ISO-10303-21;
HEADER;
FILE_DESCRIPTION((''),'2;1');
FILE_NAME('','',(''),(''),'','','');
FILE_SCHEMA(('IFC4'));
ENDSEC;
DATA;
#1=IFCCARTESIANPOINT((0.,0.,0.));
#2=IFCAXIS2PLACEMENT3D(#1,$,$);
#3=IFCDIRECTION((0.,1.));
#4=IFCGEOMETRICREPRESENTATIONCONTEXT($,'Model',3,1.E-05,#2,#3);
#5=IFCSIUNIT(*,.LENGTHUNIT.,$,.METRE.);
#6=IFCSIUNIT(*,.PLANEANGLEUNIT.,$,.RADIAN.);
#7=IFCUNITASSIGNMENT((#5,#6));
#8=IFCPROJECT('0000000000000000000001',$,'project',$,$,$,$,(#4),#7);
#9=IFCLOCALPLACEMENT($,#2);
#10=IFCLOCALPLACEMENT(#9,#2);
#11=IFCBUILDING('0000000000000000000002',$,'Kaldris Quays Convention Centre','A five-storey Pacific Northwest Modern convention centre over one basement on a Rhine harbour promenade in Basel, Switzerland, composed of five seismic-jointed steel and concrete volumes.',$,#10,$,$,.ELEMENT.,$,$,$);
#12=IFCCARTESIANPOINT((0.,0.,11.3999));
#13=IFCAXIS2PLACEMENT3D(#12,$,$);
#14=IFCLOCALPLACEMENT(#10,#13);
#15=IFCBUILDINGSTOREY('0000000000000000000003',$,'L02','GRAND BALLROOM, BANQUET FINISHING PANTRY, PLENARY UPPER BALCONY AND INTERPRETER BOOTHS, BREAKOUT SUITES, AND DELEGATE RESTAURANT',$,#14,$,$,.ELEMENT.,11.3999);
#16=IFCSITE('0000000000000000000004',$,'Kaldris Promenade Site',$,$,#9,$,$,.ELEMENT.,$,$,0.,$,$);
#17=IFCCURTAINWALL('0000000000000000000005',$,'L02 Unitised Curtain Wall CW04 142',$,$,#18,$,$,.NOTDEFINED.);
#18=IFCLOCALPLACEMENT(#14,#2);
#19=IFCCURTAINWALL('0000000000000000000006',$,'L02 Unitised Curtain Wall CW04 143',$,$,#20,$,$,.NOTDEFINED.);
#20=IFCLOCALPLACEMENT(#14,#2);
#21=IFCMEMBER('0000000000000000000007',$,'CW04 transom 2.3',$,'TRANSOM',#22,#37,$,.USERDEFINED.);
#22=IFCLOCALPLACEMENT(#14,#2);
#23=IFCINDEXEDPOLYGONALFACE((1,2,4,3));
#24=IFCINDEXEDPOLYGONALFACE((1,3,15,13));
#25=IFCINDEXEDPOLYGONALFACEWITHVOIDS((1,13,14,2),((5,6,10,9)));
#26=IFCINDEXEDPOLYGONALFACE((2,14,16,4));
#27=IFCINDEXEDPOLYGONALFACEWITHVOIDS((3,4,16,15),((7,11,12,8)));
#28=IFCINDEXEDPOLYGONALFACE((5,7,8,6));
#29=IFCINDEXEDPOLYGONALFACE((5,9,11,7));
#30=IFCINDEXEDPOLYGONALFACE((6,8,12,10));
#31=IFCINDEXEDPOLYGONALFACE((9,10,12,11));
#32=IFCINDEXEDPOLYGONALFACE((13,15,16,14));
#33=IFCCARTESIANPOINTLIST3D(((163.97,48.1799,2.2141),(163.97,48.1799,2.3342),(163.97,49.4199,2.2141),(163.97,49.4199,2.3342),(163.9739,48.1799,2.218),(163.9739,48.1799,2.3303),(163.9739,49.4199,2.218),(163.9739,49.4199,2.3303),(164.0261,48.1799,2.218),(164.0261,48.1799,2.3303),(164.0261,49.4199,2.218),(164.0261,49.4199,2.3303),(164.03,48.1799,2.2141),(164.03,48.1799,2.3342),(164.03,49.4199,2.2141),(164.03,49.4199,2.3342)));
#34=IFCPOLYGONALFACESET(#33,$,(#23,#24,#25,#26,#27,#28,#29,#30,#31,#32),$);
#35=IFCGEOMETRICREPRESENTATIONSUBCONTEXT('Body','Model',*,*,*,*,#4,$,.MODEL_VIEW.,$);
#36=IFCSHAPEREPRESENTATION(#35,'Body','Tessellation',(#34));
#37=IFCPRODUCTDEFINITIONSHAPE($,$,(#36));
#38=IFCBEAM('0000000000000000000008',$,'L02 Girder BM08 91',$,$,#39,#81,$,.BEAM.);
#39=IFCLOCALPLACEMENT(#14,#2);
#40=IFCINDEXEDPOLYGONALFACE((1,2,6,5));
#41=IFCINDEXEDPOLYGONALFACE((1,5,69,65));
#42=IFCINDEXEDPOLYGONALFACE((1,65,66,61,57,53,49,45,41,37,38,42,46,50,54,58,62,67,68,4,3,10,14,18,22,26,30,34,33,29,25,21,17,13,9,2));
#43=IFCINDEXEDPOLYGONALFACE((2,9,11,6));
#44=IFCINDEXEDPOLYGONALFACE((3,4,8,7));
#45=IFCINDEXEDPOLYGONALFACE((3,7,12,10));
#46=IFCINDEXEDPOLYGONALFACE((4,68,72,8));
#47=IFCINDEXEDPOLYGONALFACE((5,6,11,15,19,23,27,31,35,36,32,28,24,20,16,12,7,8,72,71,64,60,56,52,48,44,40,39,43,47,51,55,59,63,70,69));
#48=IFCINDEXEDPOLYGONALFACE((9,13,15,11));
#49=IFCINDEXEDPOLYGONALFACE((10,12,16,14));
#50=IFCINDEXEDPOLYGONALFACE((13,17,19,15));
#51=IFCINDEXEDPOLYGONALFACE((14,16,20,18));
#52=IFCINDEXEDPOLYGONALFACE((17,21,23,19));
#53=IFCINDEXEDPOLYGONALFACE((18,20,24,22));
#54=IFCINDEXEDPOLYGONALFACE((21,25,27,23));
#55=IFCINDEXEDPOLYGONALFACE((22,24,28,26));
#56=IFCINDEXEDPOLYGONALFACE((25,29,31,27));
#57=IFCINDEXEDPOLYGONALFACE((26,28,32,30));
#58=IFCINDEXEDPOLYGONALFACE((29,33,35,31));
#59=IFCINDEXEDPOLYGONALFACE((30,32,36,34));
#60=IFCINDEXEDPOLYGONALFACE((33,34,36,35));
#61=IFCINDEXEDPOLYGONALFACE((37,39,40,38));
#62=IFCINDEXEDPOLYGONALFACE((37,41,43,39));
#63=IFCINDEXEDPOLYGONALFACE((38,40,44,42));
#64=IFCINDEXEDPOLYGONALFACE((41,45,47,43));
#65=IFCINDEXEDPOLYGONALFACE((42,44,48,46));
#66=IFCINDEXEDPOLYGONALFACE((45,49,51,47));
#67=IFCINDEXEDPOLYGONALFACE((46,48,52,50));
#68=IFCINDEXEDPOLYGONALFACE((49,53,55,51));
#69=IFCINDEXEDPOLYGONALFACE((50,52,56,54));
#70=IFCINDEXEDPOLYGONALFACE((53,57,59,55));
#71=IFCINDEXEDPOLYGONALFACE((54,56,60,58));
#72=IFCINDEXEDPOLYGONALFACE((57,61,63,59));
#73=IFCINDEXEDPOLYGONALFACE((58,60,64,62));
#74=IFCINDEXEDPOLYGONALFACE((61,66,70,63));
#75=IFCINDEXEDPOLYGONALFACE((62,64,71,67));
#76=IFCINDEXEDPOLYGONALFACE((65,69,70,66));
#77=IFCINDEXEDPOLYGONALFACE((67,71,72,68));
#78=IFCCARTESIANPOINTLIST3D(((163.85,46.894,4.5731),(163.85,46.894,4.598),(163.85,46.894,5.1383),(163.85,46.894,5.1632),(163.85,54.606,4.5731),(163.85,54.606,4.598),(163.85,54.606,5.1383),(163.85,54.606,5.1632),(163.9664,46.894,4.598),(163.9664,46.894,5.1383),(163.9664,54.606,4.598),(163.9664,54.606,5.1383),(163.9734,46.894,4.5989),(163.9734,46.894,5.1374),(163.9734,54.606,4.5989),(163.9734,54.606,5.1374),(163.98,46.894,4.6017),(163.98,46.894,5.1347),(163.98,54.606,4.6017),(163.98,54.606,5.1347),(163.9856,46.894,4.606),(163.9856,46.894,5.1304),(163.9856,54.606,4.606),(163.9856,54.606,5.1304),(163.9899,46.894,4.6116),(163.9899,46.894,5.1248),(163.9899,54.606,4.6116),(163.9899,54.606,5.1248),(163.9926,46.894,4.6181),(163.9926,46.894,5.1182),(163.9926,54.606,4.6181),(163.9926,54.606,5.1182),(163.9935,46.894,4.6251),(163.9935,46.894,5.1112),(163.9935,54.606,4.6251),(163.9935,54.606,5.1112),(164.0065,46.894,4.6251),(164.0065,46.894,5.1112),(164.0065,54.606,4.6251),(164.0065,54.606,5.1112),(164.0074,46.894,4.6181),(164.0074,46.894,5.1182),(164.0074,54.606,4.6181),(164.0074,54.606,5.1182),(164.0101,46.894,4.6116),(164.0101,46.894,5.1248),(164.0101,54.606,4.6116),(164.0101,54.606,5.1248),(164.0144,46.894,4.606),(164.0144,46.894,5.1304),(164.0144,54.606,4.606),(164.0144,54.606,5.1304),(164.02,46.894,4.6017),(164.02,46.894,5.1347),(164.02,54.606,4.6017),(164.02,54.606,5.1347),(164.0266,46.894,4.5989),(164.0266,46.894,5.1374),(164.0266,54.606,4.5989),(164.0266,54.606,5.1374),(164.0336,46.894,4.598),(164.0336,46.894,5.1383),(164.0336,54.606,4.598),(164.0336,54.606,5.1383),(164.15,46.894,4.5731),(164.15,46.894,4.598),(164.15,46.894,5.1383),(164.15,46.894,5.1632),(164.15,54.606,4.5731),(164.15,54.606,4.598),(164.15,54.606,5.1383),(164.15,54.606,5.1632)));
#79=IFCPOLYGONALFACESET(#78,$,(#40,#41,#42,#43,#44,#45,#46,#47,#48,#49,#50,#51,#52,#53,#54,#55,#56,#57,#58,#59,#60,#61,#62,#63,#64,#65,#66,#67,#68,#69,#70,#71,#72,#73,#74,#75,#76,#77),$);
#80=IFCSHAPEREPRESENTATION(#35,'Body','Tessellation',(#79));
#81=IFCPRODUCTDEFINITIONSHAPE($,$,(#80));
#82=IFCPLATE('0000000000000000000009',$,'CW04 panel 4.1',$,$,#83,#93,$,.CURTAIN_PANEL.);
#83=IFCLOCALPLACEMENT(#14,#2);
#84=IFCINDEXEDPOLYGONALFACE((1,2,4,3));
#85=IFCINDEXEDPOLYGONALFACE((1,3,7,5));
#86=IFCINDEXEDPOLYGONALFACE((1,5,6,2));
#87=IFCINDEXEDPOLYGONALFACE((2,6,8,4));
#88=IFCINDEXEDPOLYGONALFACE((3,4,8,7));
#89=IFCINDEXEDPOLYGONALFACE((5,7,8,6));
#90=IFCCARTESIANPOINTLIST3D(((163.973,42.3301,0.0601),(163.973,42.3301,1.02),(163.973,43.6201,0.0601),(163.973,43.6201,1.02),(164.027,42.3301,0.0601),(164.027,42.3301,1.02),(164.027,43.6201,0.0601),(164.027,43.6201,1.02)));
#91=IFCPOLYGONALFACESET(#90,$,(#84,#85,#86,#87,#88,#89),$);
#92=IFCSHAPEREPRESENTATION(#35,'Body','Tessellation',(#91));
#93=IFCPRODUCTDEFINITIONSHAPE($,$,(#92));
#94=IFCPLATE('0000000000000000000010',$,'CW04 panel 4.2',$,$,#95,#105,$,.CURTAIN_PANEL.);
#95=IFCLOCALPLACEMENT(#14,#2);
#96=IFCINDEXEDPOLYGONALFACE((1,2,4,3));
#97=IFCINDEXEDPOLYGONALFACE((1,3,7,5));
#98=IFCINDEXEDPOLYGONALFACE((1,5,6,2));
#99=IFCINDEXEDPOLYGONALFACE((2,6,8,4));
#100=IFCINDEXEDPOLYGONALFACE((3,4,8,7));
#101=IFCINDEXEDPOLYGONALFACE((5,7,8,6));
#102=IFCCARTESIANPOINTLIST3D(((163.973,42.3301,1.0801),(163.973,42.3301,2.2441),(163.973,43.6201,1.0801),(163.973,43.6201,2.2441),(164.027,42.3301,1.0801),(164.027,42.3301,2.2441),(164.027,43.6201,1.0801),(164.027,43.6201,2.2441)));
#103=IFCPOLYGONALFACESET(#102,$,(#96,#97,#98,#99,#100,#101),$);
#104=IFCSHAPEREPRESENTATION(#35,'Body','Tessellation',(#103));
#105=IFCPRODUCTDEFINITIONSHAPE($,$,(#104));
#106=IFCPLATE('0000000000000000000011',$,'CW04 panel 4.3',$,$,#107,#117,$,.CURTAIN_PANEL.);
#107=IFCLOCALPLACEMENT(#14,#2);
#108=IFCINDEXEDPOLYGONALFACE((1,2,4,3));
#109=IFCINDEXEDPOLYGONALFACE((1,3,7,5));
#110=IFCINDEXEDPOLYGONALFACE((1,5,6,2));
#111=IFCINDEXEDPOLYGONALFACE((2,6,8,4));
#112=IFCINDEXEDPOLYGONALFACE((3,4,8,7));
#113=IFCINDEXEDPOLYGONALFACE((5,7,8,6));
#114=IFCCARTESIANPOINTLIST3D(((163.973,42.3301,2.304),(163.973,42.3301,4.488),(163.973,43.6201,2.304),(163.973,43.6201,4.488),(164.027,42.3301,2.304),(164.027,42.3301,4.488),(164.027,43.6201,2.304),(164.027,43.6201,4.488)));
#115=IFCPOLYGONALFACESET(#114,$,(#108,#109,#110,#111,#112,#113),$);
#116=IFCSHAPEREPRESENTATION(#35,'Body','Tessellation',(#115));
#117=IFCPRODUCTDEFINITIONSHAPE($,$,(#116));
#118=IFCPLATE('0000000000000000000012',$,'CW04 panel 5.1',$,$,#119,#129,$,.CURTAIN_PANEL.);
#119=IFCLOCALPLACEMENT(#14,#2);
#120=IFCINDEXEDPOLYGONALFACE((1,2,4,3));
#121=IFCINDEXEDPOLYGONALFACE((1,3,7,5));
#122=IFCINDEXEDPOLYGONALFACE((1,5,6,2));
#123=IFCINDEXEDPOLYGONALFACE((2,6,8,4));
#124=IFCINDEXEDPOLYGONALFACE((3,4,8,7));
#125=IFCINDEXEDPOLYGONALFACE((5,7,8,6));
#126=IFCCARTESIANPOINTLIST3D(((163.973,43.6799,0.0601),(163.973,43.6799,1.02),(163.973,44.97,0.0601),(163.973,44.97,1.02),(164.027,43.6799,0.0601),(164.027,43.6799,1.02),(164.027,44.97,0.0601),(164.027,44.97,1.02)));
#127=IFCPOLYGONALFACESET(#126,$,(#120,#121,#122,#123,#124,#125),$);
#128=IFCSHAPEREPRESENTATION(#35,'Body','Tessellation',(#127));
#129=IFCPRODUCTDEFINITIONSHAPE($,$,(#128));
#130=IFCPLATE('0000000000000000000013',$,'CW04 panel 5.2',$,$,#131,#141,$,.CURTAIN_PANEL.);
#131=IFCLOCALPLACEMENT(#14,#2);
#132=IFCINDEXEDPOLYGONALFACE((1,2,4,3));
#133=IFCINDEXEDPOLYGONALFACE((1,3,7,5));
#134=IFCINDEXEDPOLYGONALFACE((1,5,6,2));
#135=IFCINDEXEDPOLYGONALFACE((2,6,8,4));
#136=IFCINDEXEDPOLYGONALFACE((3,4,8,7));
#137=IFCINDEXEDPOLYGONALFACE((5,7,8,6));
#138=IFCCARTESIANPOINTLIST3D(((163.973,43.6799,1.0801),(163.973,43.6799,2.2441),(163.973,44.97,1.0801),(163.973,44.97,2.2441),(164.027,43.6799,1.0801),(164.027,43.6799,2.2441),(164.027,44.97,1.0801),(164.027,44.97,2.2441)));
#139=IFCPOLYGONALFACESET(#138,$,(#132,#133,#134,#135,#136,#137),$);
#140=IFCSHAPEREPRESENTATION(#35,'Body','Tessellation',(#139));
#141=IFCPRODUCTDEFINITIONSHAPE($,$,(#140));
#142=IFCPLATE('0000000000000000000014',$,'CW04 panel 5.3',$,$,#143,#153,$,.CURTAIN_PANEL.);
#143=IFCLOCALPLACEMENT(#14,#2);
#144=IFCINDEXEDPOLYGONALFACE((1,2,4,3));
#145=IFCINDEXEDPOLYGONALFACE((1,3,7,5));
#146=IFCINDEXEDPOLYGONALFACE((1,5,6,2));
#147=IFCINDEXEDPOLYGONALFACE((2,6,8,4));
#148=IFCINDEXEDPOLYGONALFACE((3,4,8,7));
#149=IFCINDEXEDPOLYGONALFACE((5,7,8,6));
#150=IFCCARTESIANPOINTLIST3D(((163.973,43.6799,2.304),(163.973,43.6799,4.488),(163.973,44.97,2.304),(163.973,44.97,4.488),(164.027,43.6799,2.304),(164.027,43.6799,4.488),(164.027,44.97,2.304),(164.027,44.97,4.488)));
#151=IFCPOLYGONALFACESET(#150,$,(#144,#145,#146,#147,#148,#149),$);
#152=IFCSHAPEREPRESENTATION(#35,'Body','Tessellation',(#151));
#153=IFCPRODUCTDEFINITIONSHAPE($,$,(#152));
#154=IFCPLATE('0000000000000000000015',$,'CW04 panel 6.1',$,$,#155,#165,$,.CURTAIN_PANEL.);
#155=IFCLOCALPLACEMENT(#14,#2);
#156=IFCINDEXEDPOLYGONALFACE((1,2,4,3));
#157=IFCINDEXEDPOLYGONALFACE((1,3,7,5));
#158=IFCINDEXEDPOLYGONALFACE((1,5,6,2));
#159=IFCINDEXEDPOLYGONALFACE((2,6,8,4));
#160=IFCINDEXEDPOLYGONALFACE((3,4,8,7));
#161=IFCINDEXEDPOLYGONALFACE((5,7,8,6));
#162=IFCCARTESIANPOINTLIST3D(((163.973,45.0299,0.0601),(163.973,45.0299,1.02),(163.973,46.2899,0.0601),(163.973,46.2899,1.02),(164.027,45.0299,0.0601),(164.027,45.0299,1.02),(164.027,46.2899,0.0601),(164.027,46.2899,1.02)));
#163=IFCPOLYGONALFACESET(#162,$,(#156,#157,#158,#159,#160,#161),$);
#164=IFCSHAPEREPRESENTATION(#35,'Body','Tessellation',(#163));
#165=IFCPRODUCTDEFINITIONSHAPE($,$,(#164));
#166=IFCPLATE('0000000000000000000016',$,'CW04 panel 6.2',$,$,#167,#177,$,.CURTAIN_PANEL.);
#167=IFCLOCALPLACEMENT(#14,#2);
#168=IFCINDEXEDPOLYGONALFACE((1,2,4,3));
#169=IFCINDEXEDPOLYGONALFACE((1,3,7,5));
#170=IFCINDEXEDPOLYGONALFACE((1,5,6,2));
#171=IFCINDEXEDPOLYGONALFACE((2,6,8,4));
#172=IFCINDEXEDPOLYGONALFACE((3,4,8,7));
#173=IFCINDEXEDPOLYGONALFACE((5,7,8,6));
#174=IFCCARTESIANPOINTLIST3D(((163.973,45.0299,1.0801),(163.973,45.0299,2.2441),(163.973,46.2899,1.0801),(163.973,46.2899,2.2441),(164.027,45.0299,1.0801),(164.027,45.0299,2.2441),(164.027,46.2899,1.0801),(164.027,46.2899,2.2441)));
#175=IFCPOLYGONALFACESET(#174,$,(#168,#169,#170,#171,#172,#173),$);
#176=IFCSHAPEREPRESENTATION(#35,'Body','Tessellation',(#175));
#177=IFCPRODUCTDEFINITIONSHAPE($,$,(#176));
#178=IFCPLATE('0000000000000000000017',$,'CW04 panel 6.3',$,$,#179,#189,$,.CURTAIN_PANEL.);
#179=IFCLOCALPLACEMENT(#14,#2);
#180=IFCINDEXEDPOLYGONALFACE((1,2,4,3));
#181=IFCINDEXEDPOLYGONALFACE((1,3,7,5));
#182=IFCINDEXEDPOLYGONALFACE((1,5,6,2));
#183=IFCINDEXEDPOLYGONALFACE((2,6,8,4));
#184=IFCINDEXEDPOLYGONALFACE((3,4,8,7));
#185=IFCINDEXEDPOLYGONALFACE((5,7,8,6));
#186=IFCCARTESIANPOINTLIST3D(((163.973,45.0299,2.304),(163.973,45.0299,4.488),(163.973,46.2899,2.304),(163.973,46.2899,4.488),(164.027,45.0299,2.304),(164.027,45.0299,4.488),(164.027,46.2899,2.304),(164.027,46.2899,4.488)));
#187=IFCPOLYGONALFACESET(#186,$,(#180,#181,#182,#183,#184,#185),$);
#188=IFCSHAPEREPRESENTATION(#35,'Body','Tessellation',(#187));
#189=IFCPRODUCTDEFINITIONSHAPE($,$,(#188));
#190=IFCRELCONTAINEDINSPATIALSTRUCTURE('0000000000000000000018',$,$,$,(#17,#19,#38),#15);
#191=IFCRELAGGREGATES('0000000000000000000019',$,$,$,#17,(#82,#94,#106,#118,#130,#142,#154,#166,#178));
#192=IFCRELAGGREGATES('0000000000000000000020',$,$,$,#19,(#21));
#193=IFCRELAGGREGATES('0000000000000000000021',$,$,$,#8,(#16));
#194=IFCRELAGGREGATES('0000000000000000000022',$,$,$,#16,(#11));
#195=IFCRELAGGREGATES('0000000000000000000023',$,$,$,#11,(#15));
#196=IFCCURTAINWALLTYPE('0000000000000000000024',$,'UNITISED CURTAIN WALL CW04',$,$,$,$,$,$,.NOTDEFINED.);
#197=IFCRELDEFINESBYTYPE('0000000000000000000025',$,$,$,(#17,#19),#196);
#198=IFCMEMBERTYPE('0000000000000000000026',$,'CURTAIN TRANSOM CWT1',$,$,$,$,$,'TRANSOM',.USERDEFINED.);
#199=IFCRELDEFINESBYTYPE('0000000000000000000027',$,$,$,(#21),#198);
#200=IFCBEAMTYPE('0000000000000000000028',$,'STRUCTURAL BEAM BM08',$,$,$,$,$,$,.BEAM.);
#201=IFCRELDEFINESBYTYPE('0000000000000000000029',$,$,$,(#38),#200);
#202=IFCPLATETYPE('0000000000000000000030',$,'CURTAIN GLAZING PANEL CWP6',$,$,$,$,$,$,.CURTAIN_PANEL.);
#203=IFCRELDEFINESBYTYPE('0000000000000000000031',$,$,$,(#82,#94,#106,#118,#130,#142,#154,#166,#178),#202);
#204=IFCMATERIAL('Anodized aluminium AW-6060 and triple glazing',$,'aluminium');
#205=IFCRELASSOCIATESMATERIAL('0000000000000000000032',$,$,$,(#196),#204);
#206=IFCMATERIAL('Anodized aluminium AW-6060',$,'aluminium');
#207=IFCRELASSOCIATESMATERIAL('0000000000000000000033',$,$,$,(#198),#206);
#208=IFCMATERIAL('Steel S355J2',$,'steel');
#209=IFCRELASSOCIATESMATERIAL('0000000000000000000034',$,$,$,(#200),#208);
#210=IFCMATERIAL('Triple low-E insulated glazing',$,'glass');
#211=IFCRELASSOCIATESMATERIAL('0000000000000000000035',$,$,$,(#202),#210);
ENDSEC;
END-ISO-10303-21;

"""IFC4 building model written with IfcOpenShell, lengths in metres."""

from ifc_helpers import new_model, si_unit, direction, frame, origin, origin_2d, place, context, subcontext, project, spatial, rectangle, hollow_rectangle, i_section, extrude, material, material_profile, profile_set, type_object, element, aggregate, save


model = new_model("IFC4")

# Units and contexts
model_context = context("Model", 3, precision=1e-05, world=origin(), true_north=direction((0.0, 1.0)))
body_context = subcontext(model_context, "Body", "Model", "MODEL_VIEW")
ifc_project = project(units=[si_unit("LENGTHUNIT", "METRE"), si_unit("PLANEANGLEUNIT", "RADIAN")], contexts=[model_context])

# Site, building, storey
site_placement = place(None, origin())
site = spatial("IfcSite", under=ifc_project, at=site_placement, Name="Kaldris Promenade Site", CompositionType="ELEMENT", RefElevation=0.0)
building_placement = place(site_placement, origin())
building = spatial("IfcBuilding", under=site, at=building_placement, Name="Kaldris Quays Convention Centre", Description="A five-storey Pacific Northwest Modern convention centre over one basement on a Rhine harbour promenade in Basel, Switzerland, composed of five seismic-jointed steel and concrete volumes.", CompositionType="ELEMENT")
storey_placement = place(building_placement, frame((0.0, 0.0, 11.3999)))
storey = spatial("IfcBuildingStorey", under=building, at=storey_placement, Name="L02", Description="GRAND BALLROOM, BANQUET FINISHING PANTRY, PLENARY UPPER BALCONY AND INTERPRETER BOOTHS, BREAKOUT SUITES, AND DELEGATE RESTAURANT", CompositionType="ELEMENT", Elevation=11.3999)

# Shared definitions
ifc_material_1 = material(Name="Steel S355J2", Category="steel")

# Curtain walls
ifc_material_2 = material(Name="Anodized aluminium AW-6060 and triple glazing", Category="aluminium")
curtain_wall_type = type_object("IfcCurtainWallType", Name="UNITISED CURTAIN WALL CW04", PredefinedType="NOTDEFINED", material=ifc_material_2)
curtain_wall_1_placement = place(storey_placement, origin())
curtain_wall_1 = element("IfcCurtainWall", 1, at=curtain_wall_1_placement, inside=storey, type_object=curtain_wall_type, Name="L02 Unitised Curtain Wall CW04 142", PredefinedType="NOTDEFINED")
ifc_material_3 = material(Name="Anodized aluminium AW-6060", Category="aluminium")
curtain_wall_2_placement = place(storey_placement, origin())
curtain_wall_2 = element("IfcCurtainWall", 2, at=curtain_wall_2_placement, inside=storey, type_object=curtain_wall_type, Name="L02 Unitised Curtain Wall CW04 143", PredefinedType="NOTDEFINED")

# Member
ifc_material_profile_1 = material_profile(ifc_material_3, hollow_rectangle(XDim=0.0601, YDim=0.1201, WallThickness=0.0039, at=origin_2d()), Name="RHS 120x60x4")
ifc_profile_set_1 = profile_set([ifc_material_profile_1], Name="Anodized aluminium AW-6060")
member_type_1 = type_object("IfcMemberType", Name="CURTAIN TRANSOM CWT1", ElementType="TRANSOM", PredefinedType="USERDEFINED", material=ifc_profile_set_1)
member_1_placement = place(storey_placement, frame((164.0, 48.1799, 2.2742), z_axis=(0.0, 1.0, 0.0), x_axis=(-1.0, 0.0, 0.0)))
member_1 = element("IfcMember", 3, at=member_1_placement, type_object=member_type_1, Name="CW04 transom 2.3", ObjectType="TRANSOM", PredefinedType="USERDEFINED", context=body_context, shape_type="SweptSolid", body=[
    extrude(hollow_rectangle(XDim=0.0601, YDim=0.1201, WallThickness=0.0039, at=origin_2d()), origin(), (0.0, 0.0, 1.0), 1.24),
])

# Beam
ifc_material_profile_2 = material_profile(ifc_material_1, i_section(OverallWidth=0.3, OverallDepth=0.5901, WebThickness=0.0129, FlangeThickness=0.0249, FilletRadius=0.0271, at=origin_2d()), Name="HEA 600")
ifc_profile_set_2 = profile_set([ifc_material_profile_2], Name="Steel S355J2")
beam_type = type_object("IfcBeamType", Name="STRUCTURAL BEAM BM08", PredefinedType="BEAM", material=ifc_profile_set_2)
beam_placement = place(storey_placement, frame((164.0, 46.894, 4.8682), z_axis=(0.0, 1.0, 0.0), x_axis=(-1.0, 0.0, 0.0)))
element("IfcBeam", 4, at=beam_placement, inside=storey, type_object=beam_type, Name="L02 Girder BM08 91", PredefinedType="BEAM", context=body_context, shape_type="SweptSolid", body=[
    extrude(i_section(OverallWidth=0.3, OverallDepth=0.5901, WebThickness=0.0129, FlangeThickness=0.0249, FilletRadius=0.0271, at=origin_2d()), origin(), (0.0, 0.0, 1.0), 7.7119),
])

# Plates
ifc_material_4 = material(Name="Triple low-E insulated glazing", Category="glass")
plate_type_1 = type_object("IfcPlateType", Name="CURTAIN GLAZING PANEL CWP6", PredefinedType="CURTAIN_PANEL", material=ifc_material_4)
plate_1_placement = place(storey_placement, frame((164.0, 42.9751, 0.0601), z_axis=(0.0, 0.0, 1.0), x_axis=(0.0, 1.0, 0.0)))
plate_1 = element("IfcPlate", 5, at=plate_1_placement, type_object=plate_type_1, Name="CW04 panel 4.1", PredefinedType="CURTAIN_PANEL", context=body_context, shape_type="SweptSolid", body=[
    extrude(rectangle(XDim=1.29, YDim=0.054, at=origin_2d()), origin(), (0.0, 0.0, 1.0), 0.96),
])
plate_2_placement = place(storey_placement, frame((164.0, 42.9751, 1.0801), z_axis=(0.0, 0.0, 1.0), x_axis=(0.0, 1.0, 0.0)))
plate_2 = element("IfcPlate", 6, at=plate_2_placement, type_object=plate_type_1, Name="CW04 panel 4.2", PredefinedType="CURTAIN_PANEL", context=body_context, shape_type="SweptSolid", body=[
    extrude(rectangle(XDim=1.29, YDim=0.054, at=origin_2d()), origin(), (0.0, 0.0, 1.0), 1.1641),
])
plate_3_placement = place(storey_placement, frame((164.0, 42.9751, 2.304), z_axis=(0.0, 0.0, 1.0), x_axis=(0.0, 1.0, 0.0)))
plate_3 = element("IfcPlate", 7, at=plate_3_placement, type_object=plate_type_1, Name="CW04 panel 4.3", PredefinedType="CURTAIN_PANEL", context=body_context, shape_type="SweptSolid", body=[
    extrude(rectangle(XDim=1.29, YDim=0.054, at=origin_2d()), origin(), (0.0, 0.0, 1.0), 2.1841),
])
plate_4_placement = place(storey_placement, frame((164.0, 44.325, 0.0601), z_axis=(0.0, 0.0, 1.0), x_axis=(0.0, 1.0, 0.0)))
plate_4 = element("IfcPlate", 8, at=plate_4_placement, type_object=plate_type_1, Name="CW04 panel 5.1", PredefinedType="CURTAIN_PANEL", context=body_context, shape_type="SweptSolid", body=[
    extrude(rectangle(XDim=1.29, YDim=0.054, at=origin_2d()), origin(), (0.0, 0.0, 1.0), 0.96),
])
plate_5_placement = place(storey_placement, frame((164.0, 44.325, 1.0801), z_axis=(0.0, 0.0, 1.0), x_axis=(0.0, 1.0, 0.0)))
plate_5 = element("IfcPlate", 9, at=plate_5_placement, type_object=plate_type_1, Name="CW04 panel 5.2", PredefinedType="CURTAIN_PANEL", context=body_context, shape_type="SweptSolid", body=[
    extrude(rectangle(XDim=1.29, YDim=0.054, at=origin_2d()), origin(), (0.0, 0.0, 1.0), 1.1641),
])
plate_6_placement = place(storey_placement, frame((164.0, 44.325, 2.304), z_axis=(0.0, 0.0, 1.0), x_axis=(0.0, 1.0, 0.0)))
plate_6 = element("IfcPlate", 10, at=plate_6_placement, type_object=plate_type_1, Name="CW04 panel 5.3", PredefinedType="CURTAIN_PANEL", context=body_context, shape_type="SweptSolid", body=[
    extrude(rectangle(XDim=1.29, YDim=0.054, at=origin_2d()), origin(), (0.0, 0.0, 1.0), 2.1841),
])
plate_7_placement = place(storey_placement, frame((164.0, 45.6599, 0.0601), z_axis=(0.0, 0.0, 1.0), x_axis=(0.0, 1.0, 0.0)))
plate_7 = element("IfcPlate", 11, at=plate_7_placement, type_object=plate_type_1, Name="CW04 panel 6.1", PredefinedType="CURTAIN_PANEL", context=body_context, shape_type="SweptSolid", body=[
    extrude(rectangle(XDim=1.26, YDim=0.054, at=origin_2d()), origin(), (0.0, 0.0, 1.0), 0.96),
])
plate_8_placement = place(storey_placement, frame((164.0, 45.6599, 1.0801), z_axis=(0.0, 0.0, 1.0), x_axis=(0.0, 1.0, 0.0)))
plate_8 = element("IfcPlate", 12, at=plate_8_placement, type_object=plate_type_1, Name="CW04 panel 6.2", PredefinedType="CURTAIN_PANEL", context=body_context, shape_type="SweptSolid", body=[
    extrude(rectangle(XDim=1.26, YDim=0.054, at=origin_2d()), origin(), (0.0, 0.0, 1.0), 1.1641),
])
plate_9_placement = place(storey_placement, frame((164.0, 45.6599, 2.304), z_axis=(0.0, 0.0, 1.0), x_axis=(0.0, 1.0, 0.0)))
plate_9 = element("IfcPlate", 13, at=plate_9_placement, type_object=plate_type_1, Name="CW04 panel 6.3", PredefinedType="CURTAIN_PANEL", context=body_context, shape_type="SweptSolid", body=[
    extrude(rectangle(XDim=1.26, YDim=0.054, at=origin_2d()), origin(), (0.0, 0.0, 1.0), 2.1841),
])
aggregate(curtain_wall_1, [plate_1, plate_2, plate_3, plate_4, plate_5, plate_6, plate_7, plate_8, plate_9])
aggregate(curtain_wall_2, [member_1])

save(model, "model.ifc")
